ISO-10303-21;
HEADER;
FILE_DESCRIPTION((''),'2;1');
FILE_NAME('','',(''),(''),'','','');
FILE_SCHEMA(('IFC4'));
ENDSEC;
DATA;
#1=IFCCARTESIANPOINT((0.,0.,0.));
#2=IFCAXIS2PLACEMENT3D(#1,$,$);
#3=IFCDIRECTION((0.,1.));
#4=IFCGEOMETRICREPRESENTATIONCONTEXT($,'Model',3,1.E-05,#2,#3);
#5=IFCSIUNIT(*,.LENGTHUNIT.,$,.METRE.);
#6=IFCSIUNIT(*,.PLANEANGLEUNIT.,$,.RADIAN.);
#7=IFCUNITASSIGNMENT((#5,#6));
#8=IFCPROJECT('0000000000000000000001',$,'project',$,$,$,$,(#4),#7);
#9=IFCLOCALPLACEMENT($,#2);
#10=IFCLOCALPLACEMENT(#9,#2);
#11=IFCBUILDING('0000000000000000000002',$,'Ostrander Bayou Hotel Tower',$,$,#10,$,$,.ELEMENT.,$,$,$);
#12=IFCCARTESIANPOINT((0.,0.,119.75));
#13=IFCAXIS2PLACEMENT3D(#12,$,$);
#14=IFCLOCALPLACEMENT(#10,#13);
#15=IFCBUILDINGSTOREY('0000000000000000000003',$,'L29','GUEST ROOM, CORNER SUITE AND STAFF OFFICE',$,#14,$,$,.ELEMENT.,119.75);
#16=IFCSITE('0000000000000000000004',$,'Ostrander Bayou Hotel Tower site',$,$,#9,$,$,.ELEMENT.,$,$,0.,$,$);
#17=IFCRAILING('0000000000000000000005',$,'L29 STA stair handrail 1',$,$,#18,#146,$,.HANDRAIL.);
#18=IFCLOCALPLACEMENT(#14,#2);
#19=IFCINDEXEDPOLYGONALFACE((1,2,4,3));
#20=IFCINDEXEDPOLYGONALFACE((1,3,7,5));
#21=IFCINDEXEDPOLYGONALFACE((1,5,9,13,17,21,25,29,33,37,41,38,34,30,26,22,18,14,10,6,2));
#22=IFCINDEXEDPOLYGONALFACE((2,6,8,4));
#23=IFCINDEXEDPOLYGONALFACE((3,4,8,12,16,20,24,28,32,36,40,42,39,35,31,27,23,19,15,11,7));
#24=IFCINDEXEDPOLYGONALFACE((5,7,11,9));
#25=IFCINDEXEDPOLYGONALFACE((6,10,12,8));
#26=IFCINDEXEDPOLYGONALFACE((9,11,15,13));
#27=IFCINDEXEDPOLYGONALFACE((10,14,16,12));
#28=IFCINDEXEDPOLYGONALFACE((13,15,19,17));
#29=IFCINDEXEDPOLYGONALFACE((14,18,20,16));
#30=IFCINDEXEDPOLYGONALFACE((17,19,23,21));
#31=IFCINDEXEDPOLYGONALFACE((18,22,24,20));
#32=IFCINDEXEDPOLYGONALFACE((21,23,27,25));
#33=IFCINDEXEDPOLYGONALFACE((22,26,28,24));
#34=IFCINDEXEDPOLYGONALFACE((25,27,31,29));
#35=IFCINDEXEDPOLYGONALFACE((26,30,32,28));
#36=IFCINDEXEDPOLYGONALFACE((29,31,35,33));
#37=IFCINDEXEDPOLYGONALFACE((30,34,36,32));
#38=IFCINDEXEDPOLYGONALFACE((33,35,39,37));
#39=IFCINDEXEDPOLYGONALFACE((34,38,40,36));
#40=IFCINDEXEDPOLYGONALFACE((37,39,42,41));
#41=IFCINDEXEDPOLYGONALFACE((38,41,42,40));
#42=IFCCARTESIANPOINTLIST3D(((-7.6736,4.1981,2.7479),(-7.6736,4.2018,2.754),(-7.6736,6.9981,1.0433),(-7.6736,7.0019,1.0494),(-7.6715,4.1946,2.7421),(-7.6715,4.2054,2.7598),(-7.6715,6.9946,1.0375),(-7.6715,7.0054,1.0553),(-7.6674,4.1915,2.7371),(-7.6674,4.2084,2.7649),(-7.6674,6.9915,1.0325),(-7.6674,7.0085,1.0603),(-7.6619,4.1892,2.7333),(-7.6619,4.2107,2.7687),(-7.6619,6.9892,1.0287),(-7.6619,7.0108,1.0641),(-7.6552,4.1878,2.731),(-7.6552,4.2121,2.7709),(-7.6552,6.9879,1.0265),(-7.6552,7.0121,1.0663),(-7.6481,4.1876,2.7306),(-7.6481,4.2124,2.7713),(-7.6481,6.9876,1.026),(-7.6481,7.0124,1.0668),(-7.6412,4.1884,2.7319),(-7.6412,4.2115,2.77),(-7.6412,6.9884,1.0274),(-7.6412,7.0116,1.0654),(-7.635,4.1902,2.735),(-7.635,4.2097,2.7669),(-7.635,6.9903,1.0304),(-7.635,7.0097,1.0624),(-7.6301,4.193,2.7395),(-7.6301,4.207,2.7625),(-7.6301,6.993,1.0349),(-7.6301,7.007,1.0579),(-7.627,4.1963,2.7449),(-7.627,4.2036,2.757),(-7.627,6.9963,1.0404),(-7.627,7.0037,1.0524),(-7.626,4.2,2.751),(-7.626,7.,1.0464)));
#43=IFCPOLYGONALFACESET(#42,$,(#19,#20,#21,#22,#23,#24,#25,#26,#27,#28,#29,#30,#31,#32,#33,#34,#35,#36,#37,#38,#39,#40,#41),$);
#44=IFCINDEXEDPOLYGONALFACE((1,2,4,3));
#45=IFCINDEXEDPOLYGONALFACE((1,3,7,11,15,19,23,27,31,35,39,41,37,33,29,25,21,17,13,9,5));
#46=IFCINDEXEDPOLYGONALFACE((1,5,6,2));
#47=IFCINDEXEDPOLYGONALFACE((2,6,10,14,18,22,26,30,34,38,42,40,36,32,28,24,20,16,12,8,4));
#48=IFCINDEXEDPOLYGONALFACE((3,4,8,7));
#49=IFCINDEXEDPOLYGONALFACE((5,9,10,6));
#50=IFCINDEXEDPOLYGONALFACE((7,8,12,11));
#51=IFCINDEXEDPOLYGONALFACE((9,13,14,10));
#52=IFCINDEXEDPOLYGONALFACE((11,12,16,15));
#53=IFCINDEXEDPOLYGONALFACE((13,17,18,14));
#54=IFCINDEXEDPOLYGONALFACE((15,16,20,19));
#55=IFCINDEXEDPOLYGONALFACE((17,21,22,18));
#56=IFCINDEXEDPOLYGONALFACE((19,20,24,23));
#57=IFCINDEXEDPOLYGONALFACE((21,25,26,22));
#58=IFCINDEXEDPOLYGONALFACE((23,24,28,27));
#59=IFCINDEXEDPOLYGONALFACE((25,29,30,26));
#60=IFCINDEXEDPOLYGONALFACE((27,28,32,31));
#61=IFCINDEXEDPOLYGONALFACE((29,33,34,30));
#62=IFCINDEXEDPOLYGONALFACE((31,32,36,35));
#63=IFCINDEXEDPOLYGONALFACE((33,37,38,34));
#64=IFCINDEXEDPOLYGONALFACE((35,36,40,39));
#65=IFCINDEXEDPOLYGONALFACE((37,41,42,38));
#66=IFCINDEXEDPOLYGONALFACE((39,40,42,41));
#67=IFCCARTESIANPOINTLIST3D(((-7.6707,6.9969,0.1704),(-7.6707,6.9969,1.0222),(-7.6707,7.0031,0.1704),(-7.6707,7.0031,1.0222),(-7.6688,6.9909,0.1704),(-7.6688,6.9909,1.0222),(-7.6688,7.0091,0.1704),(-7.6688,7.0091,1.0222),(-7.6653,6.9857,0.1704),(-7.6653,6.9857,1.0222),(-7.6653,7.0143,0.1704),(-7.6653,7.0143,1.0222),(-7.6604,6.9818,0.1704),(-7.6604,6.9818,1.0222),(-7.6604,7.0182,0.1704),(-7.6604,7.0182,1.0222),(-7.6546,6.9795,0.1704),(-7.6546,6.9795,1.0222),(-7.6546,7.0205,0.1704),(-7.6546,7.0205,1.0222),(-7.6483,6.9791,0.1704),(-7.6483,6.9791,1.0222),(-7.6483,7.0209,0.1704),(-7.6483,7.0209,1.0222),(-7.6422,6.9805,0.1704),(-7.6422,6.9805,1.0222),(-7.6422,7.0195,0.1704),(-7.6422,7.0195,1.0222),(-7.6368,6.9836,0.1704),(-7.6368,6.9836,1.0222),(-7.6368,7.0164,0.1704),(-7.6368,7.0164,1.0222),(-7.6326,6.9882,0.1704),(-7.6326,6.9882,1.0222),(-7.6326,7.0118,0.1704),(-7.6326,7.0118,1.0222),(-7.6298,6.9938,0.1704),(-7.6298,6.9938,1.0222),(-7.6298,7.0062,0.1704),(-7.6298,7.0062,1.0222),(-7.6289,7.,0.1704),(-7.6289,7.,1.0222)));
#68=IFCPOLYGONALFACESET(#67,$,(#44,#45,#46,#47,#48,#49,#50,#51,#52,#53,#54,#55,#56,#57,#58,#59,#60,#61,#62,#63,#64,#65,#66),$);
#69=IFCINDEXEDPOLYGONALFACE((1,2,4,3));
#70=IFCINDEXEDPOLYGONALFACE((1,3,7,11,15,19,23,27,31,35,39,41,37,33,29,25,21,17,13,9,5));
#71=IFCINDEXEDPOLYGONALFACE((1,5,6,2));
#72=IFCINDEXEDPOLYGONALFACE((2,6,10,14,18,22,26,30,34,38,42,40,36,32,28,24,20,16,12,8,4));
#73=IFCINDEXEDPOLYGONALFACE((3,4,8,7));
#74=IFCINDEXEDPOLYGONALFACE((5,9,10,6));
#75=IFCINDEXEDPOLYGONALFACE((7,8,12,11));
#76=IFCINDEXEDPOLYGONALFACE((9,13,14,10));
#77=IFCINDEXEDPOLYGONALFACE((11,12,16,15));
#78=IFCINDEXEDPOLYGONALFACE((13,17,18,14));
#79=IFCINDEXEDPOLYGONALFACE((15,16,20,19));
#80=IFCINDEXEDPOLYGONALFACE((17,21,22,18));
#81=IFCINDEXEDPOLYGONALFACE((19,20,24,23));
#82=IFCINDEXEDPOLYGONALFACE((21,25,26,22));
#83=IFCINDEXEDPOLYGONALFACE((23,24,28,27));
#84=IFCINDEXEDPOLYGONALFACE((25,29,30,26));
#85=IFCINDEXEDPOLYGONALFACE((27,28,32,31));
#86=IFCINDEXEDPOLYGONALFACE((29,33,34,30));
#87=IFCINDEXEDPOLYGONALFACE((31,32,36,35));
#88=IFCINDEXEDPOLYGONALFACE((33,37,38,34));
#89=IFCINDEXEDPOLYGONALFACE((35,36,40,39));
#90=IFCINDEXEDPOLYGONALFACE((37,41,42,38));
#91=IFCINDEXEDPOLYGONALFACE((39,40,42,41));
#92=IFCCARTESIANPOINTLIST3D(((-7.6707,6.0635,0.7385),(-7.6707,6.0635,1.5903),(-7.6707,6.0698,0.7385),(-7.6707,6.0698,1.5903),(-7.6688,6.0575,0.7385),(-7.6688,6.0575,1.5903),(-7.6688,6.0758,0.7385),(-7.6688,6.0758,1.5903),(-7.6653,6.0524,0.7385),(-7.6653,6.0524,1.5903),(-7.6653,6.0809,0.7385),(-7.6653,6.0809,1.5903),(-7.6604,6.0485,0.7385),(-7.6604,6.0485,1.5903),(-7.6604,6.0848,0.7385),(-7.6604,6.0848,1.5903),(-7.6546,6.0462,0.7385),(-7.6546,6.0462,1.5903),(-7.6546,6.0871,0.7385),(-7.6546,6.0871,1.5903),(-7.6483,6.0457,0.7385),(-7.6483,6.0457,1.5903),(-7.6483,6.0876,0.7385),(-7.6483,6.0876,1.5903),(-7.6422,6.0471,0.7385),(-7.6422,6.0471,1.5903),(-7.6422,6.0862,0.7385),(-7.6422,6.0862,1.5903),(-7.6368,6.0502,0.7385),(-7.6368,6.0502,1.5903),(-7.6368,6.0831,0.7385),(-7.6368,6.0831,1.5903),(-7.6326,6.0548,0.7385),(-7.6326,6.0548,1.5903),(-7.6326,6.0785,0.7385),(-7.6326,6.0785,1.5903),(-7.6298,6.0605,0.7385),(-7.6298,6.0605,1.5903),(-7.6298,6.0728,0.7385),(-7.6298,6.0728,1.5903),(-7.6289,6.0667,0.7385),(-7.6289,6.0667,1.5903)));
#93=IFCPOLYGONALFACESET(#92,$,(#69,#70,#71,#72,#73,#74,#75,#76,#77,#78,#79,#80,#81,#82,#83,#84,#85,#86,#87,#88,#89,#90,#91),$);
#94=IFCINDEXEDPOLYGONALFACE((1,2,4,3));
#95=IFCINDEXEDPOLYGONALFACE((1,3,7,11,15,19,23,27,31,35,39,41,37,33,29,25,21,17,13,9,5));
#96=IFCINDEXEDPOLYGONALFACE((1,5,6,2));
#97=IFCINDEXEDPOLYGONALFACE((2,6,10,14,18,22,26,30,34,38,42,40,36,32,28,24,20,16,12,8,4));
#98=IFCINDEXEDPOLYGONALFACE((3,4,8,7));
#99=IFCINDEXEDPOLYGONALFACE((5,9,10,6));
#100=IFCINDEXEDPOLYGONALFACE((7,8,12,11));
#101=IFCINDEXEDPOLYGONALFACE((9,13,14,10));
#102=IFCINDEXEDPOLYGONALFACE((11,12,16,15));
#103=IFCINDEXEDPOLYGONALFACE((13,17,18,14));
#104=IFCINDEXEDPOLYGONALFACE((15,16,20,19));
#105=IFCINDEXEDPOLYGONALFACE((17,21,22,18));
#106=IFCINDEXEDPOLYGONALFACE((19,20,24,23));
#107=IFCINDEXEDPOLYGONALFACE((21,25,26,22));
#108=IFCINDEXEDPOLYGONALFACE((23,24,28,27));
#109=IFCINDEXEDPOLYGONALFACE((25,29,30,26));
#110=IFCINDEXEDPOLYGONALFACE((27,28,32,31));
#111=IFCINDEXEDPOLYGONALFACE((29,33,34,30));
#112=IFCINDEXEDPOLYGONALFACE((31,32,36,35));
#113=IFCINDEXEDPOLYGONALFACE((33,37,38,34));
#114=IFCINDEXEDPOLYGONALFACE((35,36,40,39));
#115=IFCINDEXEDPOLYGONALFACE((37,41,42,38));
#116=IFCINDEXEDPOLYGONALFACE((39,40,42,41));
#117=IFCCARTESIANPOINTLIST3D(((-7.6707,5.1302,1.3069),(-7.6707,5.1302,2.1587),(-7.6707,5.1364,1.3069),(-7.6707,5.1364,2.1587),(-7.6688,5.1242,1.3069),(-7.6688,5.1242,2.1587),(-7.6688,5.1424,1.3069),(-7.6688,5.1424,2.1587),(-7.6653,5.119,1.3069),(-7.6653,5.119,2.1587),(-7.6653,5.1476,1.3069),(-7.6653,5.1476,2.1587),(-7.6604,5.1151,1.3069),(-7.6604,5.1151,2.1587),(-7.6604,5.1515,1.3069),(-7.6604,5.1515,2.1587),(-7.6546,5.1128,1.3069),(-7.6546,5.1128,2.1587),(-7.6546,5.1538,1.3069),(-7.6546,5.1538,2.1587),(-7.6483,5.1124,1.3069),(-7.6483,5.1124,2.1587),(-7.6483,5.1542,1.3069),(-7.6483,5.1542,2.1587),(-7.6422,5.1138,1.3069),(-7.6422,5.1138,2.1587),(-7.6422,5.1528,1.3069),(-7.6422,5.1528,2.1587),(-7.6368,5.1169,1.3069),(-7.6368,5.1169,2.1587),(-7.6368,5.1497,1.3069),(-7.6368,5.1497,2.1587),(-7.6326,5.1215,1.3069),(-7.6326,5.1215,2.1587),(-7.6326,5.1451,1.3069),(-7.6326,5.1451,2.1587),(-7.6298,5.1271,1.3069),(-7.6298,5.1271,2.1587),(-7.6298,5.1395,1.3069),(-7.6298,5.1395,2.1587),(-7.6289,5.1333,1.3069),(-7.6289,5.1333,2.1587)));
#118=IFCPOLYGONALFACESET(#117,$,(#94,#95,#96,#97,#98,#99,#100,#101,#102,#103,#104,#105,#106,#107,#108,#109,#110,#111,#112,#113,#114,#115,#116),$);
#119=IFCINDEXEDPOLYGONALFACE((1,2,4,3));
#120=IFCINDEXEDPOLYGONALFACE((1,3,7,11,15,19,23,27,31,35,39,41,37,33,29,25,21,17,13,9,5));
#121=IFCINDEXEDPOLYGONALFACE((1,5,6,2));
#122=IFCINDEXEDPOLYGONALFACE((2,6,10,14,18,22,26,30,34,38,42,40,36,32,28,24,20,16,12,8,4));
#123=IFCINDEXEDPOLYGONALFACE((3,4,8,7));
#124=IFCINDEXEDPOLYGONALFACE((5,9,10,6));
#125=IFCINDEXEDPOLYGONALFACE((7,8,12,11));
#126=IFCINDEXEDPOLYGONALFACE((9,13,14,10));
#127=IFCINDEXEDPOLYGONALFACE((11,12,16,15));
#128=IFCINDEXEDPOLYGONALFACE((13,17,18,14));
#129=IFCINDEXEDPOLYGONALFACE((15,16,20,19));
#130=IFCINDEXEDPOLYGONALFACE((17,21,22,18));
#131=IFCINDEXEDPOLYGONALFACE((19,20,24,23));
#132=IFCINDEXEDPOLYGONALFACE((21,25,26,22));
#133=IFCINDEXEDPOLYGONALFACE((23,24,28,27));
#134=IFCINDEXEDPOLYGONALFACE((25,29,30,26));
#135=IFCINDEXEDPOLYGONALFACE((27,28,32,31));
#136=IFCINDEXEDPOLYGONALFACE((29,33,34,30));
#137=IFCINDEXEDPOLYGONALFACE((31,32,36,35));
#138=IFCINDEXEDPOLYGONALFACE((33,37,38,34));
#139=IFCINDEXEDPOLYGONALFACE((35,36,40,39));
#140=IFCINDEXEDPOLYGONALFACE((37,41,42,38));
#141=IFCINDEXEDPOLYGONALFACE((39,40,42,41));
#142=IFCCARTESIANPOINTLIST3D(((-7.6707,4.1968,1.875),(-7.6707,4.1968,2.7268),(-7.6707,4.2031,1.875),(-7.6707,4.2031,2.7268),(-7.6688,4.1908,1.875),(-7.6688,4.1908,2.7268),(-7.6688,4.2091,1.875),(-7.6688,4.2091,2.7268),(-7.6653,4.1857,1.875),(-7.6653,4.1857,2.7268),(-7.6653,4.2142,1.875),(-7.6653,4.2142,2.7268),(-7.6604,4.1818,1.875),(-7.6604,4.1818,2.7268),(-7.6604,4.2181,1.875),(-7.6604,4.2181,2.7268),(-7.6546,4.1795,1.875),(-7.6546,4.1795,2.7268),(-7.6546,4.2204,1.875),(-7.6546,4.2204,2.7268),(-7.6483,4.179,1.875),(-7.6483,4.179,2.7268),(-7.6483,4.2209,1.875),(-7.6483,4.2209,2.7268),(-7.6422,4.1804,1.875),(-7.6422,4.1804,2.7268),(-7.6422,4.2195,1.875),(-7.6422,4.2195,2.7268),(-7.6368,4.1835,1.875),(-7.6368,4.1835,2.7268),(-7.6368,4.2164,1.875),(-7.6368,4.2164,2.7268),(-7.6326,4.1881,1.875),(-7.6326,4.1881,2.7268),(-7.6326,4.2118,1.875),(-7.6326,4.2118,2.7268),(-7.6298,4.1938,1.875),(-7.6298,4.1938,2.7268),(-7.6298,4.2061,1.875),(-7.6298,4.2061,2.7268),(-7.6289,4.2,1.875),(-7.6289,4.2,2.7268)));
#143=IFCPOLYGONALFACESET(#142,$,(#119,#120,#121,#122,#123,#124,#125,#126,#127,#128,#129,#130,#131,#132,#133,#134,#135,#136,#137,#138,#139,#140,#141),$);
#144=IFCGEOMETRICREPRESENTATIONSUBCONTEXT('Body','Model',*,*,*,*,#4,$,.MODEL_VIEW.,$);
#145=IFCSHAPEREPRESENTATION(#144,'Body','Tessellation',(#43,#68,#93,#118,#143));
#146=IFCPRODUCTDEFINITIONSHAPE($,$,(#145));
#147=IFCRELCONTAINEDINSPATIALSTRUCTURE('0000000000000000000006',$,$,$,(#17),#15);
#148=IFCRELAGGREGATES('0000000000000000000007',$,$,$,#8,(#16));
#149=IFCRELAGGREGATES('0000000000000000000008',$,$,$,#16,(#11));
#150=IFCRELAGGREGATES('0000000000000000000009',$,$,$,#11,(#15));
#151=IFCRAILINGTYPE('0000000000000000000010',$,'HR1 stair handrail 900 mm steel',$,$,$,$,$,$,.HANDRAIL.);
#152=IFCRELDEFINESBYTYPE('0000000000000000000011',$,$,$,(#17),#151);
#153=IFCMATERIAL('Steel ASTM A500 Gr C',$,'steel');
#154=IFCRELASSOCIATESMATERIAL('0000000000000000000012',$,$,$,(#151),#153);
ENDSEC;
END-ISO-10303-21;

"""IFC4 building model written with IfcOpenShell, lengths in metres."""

from ifc_helpers import new_model, si_unit, direction, frame, origin, origin_2d, place, context, subcontext, project, spatial, circle, extrude, material, type_object, element, save


model = new_model("IFC4")

# Units and contexts
model_context = context("Model", 3, precision=1e-05, world=origin(), true_north=direction((0.0, 1.0)))
body_context = subcontext(model_context, "Body", "Model", "MODEL_VIEW")
ifc_project = project(units=[si_unit("LENGTHUNIT", "METRE"), si_unit("PLANEANGLEUNIT", "RADIAN")], contexts=[model_context])

# Site, building, storey
site_placement = place(None, origin())
site = spatial("IfcSite", under=ifc_project, at=site_placement, Name="Ostrander Bayou Hotel Tower site", CompositionType="ELEMENT", RefElevation=0.0)
building_placement = place(site_placement, origin())
building = spatial("IfcBuilding", under=site, at=building_placement, Name="Ostrander Bayou Hotel Tower", CompositionType="ELEMENT")
storey_placement = place(building_placement, frame((0.0, 0.0, 119.75)))
storey = spatial("IfcBuildingStorey", under=building, at=storey_placement, Name="L29", Description="GUEST ROOM, CORNER SUITE AND STAFF OFFICE", CompositionType="ELEMENT", Elevation=119.75)

# Railing
ifc_material_1 = material(Name="Steel ASTM A500 Gr C", Category="steel")
railing_type_1 = type_object("IfcRailingType", Name="HR1 stair handrail 900 mm steel", PredefinedType="HANDRAIL", material=ifc_material_1)
railing_1_placement = place(storey_placement, frame((-7.6499, 7.0, 0.1704)))
element("IfcRailing", 1, at=railing_1_placement, inside=storey, type_object=railing_type_1, Name="L29 STA stair handrail 1", PredefinedType="HANDRAIL", context=body_context, shape_type="SweptSolid", body=[
    extrude(circle(Radius=0.0239, at=origin_2d()), frame((0.0, 0.0, 0.876), z_axis=(0.0, -0.85417, 0.519994), x_axis=(1.0, 0.0, 0.0)), (0.0, 0.0, 1.0), 3.2781),
    extrude(circle(Radius=0.021, at=origin_2d()), origin(), (0.0, 0.0, 1.0), 0.8518),
    extrude(circle(Radius=0.021, at=origin_2d()), frame((0.0, -0.9333, 0.5681)), (0.0, 0.0, 1.0), 0.8518),
    extrude(circle(Radius=0.021, at=origin_2d()), frame((0.0, -1.8667, 1.1365)), (0.0, 0.0, 1.0), 0.8518),
    extrude(circle(Radius=0.021, at=origin_2d()), frame((0.0, -2.8, 1.7046)), (0.0, 0.0, 1.0), 0.8518),
])

save(model, "model.ifc")
